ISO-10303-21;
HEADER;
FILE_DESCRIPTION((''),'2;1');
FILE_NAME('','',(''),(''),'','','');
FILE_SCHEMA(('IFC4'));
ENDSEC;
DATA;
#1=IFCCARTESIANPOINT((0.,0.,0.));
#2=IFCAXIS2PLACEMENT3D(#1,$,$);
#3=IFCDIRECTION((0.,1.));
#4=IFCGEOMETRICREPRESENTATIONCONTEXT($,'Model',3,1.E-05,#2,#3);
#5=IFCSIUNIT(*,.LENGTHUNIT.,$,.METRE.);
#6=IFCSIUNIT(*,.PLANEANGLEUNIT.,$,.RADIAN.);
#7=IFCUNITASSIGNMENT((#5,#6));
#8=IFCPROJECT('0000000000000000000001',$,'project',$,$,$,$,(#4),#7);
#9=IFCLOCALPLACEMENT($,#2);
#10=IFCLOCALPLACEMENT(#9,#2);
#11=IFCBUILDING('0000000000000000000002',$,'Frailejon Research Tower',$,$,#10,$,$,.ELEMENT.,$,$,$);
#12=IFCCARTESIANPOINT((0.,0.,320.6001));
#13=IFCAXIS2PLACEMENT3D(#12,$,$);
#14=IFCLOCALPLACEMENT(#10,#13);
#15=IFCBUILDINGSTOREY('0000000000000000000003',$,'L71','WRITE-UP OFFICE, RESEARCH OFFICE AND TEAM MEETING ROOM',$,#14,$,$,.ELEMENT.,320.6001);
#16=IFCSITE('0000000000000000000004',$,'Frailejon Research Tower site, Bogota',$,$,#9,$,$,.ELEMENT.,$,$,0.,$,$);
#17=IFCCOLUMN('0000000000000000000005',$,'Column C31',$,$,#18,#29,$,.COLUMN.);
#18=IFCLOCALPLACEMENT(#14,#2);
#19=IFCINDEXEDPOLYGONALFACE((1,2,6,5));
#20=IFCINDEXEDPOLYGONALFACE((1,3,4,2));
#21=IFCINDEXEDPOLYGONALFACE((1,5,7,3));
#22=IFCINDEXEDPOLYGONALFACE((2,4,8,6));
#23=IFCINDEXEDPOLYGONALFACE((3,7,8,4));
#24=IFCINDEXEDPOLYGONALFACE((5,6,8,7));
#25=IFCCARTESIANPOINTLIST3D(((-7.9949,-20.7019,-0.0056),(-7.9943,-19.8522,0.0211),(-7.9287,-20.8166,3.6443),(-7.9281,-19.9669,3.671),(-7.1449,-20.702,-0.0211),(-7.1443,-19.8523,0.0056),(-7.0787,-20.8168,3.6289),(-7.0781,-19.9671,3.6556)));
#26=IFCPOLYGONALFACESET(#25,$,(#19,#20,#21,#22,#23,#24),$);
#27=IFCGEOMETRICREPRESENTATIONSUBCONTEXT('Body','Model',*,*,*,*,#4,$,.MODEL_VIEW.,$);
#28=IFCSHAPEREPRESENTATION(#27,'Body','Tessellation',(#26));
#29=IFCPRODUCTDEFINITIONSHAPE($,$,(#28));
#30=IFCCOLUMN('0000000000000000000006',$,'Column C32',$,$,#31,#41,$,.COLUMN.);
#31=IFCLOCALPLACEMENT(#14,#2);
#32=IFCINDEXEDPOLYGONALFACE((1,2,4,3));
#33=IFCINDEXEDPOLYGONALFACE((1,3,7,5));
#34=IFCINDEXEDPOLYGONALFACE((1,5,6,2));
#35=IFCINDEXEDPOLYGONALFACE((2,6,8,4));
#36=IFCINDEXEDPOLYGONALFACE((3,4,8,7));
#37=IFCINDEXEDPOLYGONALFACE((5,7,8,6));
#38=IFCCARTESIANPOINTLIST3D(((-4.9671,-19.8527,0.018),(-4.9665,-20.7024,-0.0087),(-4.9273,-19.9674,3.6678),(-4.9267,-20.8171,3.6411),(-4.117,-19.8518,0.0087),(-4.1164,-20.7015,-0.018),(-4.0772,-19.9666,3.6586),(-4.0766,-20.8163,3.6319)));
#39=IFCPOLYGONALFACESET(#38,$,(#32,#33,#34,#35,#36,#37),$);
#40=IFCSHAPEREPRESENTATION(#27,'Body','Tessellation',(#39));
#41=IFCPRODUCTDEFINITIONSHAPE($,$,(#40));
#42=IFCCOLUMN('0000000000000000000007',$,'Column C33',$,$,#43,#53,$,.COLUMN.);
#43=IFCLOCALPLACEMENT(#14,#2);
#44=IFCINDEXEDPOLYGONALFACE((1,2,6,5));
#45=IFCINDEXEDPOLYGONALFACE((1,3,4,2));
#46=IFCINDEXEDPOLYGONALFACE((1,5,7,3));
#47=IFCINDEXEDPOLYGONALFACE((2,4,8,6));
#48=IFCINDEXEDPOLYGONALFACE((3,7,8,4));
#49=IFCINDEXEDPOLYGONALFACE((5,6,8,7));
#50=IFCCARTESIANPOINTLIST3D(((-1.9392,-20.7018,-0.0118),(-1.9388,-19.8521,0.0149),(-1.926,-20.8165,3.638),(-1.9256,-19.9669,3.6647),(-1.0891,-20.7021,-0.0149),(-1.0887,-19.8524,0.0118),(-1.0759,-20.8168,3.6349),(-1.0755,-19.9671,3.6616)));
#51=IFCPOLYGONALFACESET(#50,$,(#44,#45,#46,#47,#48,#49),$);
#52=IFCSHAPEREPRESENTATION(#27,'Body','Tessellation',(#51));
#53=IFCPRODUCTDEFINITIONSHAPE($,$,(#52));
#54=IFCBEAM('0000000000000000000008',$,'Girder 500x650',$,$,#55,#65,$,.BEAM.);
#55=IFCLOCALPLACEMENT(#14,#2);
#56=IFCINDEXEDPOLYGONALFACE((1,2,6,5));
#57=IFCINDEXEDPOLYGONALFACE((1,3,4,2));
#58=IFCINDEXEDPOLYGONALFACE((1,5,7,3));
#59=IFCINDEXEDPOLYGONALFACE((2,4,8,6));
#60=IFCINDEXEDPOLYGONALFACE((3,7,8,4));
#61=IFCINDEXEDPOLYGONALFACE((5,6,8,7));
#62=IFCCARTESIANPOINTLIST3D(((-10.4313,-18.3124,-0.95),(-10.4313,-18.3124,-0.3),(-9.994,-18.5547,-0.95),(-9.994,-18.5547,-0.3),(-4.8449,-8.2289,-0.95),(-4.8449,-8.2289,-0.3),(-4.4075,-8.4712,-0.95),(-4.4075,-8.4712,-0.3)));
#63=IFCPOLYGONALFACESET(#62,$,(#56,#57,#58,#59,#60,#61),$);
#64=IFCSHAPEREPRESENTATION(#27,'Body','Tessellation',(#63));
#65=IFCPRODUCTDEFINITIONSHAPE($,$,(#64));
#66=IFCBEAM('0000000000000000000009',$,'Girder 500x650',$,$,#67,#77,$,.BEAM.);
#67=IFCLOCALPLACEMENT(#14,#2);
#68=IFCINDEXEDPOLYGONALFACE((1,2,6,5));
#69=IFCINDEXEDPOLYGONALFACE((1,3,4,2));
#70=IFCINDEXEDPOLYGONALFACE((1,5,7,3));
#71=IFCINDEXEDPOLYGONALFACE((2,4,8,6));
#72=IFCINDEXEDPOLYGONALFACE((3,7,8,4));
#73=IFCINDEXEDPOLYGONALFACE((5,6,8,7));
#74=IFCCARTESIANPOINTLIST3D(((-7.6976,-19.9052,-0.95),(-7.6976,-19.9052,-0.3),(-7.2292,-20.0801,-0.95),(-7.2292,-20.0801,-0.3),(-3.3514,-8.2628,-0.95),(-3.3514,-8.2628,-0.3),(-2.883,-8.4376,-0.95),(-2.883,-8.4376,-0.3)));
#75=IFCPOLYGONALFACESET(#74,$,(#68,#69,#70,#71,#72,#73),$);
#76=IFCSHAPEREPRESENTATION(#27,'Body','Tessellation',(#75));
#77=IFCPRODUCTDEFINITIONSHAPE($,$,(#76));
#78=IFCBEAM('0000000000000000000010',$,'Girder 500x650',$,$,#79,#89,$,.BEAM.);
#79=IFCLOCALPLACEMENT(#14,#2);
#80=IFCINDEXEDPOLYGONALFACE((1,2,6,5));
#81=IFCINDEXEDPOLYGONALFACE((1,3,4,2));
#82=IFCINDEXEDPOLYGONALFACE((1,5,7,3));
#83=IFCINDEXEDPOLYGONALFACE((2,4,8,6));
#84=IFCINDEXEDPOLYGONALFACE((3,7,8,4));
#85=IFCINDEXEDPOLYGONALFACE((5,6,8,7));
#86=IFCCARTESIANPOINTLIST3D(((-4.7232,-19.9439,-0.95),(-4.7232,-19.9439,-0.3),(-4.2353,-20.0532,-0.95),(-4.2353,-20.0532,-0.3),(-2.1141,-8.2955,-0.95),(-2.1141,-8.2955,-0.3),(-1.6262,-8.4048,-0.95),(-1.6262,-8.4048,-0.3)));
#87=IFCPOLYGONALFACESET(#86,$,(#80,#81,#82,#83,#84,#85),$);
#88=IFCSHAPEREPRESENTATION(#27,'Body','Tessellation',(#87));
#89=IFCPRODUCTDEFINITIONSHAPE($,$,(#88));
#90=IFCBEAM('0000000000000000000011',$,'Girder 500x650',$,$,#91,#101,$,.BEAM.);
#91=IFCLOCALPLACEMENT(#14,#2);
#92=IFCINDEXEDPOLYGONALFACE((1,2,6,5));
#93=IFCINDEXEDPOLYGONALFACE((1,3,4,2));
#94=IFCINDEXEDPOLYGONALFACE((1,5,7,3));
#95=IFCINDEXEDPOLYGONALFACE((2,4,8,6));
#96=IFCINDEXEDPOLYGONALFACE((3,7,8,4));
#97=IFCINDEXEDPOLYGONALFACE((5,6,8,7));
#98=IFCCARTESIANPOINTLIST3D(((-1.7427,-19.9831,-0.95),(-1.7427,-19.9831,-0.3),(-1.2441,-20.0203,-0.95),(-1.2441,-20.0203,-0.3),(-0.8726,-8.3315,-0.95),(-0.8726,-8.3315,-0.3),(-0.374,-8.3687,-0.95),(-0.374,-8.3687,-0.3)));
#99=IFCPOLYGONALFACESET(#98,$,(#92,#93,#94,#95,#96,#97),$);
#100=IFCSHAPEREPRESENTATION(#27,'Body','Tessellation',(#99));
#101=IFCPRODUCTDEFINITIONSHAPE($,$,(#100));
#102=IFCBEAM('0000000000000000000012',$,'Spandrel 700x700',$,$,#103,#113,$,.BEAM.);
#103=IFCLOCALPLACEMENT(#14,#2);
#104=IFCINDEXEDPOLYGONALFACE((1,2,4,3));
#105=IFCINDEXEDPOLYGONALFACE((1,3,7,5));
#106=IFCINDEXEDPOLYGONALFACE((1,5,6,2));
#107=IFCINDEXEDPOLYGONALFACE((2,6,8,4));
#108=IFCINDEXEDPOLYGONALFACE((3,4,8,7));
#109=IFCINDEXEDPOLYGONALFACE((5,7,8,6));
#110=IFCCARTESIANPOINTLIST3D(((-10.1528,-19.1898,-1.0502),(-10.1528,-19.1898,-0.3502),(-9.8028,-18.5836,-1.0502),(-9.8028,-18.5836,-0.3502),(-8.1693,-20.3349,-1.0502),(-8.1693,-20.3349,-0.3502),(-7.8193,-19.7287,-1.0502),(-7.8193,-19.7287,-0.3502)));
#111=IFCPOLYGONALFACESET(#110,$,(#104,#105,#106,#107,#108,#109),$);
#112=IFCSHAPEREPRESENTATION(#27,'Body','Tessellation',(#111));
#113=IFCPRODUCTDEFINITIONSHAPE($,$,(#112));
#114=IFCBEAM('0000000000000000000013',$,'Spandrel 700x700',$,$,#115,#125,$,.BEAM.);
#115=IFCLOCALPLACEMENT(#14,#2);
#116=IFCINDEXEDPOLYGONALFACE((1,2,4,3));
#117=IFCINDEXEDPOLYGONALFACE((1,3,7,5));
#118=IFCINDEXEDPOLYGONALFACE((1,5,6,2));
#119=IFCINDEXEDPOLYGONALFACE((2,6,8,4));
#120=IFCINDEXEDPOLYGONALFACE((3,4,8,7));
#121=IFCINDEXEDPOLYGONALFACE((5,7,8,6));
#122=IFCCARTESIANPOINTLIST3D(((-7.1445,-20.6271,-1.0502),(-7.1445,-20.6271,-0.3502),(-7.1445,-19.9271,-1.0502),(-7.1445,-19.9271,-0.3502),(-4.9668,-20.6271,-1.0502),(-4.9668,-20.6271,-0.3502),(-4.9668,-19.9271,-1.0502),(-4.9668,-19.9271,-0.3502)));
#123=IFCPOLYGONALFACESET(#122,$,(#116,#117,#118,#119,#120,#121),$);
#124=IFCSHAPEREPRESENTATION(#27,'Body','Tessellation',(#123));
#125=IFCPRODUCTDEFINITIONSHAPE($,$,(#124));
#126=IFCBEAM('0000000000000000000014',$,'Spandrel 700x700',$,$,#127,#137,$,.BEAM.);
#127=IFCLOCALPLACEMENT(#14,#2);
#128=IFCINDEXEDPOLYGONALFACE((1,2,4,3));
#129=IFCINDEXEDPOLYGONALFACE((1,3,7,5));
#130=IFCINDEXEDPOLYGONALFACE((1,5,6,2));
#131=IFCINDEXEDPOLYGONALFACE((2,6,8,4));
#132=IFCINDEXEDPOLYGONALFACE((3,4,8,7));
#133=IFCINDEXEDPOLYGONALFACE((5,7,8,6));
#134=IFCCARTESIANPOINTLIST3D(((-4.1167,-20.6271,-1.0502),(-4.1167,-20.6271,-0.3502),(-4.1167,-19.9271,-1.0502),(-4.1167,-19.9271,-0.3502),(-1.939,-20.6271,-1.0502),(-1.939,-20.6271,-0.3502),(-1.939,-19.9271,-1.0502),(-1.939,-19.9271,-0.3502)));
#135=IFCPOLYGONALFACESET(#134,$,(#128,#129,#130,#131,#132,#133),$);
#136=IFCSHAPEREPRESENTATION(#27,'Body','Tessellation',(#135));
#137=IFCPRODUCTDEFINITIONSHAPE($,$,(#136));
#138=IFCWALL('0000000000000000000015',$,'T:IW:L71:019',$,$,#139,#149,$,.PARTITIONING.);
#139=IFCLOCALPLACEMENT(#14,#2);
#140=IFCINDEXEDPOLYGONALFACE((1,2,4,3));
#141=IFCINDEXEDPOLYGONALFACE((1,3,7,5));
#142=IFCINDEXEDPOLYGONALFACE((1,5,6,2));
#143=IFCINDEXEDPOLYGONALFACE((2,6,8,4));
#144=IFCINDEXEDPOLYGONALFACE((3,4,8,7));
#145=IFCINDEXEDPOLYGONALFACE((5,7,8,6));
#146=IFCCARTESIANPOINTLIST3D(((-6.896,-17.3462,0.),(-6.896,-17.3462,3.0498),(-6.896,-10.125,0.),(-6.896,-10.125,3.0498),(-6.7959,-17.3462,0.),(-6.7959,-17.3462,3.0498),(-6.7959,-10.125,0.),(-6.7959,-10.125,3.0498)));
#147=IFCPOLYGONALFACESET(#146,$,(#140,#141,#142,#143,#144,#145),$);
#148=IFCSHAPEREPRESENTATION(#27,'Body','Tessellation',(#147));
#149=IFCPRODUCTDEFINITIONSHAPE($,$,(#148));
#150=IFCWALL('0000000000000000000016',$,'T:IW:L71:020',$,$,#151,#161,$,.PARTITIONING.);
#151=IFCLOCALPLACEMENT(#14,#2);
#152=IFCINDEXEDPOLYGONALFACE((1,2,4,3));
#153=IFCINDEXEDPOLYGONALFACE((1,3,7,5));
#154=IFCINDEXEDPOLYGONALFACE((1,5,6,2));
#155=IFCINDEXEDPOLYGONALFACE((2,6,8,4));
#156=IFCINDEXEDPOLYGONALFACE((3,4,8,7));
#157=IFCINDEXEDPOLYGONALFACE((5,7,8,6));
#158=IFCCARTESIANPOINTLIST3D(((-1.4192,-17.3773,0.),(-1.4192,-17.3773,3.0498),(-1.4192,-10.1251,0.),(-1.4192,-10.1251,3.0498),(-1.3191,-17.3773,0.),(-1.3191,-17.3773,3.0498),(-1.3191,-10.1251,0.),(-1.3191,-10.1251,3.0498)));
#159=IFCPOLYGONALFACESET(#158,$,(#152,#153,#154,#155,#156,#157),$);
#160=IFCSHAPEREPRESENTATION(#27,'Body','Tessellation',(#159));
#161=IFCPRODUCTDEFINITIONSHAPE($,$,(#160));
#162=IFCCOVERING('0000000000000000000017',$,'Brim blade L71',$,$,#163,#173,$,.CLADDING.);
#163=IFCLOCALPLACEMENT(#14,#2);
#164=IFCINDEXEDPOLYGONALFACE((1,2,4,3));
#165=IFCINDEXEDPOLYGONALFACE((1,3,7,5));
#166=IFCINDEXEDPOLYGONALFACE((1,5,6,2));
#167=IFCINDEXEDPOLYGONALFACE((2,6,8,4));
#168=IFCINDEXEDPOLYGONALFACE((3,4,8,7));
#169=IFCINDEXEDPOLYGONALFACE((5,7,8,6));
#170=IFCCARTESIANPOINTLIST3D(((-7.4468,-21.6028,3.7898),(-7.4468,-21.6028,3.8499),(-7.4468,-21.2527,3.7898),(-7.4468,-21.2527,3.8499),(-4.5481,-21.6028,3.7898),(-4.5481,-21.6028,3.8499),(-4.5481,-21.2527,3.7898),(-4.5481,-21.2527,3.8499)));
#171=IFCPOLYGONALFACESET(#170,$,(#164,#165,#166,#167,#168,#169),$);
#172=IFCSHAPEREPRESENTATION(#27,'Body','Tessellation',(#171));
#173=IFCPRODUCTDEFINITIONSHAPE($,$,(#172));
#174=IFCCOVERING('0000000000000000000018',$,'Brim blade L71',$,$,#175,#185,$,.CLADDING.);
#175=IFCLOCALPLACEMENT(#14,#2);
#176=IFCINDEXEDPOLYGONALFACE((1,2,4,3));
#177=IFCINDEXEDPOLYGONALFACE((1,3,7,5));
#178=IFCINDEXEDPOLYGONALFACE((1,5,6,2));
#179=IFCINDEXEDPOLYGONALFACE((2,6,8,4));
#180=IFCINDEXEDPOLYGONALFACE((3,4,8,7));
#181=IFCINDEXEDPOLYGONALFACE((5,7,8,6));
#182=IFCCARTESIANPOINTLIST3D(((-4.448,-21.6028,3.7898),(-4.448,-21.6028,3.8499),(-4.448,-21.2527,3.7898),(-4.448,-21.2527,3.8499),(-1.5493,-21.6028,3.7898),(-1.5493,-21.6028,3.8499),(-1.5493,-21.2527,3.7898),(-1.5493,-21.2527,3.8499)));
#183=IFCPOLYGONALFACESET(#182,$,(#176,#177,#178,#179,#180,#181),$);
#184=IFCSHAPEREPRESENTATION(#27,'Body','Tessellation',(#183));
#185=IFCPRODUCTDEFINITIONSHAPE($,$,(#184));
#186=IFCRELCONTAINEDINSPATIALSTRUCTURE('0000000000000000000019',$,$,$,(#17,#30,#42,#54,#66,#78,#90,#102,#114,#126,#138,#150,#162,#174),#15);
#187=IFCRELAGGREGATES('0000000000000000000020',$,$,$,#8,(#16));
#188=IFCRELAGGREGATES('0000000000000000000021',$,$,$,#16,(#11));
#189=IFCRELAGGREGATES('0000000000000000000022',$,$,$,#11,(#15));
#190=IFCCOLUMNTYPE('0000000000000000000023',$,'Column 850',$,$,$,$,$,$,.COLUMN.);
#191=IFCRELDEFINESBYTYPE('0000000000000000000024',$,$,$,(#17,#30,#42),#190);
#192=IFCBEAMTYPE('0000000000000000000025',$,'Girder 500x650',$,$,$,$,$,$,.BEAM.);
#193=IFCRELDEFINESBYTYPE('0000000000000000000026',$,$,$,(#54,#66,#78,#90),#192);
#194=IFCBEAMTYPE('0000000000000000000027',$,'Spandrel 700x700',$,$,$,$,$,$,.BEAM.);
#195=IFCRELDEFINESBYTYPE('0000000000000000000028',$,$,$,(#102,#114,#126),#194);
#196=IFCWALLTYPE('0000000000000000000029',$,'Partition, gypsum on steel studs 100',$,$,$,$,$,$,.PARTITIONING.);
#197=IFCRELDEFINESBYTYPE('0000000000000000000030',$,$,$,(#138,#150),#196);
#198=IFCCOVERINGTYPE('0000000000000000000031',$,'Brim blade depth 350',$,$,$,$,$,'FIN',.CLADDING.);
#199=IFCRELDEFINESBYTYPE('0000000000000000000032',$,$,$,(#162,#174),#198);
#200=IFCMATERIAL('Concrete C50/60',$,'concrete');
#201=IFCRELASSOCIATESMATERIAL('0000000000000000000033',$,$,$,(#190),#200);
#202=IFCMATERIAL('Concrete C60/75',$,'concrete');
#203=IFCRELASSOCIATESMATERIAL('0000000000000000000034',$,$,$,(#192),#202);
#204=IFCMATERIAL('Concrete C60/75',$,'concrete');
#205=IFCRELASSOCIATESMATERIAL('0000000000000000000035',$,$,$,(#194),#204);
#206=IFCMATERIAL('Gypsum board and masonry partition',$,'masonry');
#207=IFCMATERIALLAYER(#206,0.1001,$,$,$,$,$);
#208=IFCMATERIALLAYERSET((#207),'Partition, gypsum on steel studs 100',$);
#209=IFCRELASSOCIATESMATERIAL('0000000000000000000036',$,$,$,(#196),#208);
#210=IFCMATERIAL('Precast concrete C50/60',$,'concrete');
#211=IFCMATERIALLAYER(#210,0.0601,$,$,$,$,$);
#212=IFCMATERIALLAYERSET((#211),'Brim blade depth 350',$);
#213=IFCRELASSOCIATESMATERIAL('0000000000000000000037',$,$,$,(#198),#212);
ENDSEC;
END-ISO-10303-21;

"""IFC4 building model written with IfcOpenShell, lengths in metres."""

from ifc_helpers import new_model, si_unit, direction, frame, frame_2d, origin, origin_2d, place, context, subcontext, project, spatial, polyline, rectangle, outline, extrude, material, layer, layer_set, material_profile, profile_set, type_object, element, save


model = new_model("IFC4")

# Units and contexts
model_context = context("Model", 3, precision=1e-05, world=origin(), true_north=direction((0.0, 1.0)))
body_context = subcontext(model_context, "Body", "Model", "MODEL_VIEW")
ifc_project = project(units=[si_unit("LENGTHUNIT", "METRE"), si_unit("PLANEANGLEUNIT", "RADIAN")], contexts=[model_context])

# Site, building, storey
site_placement = place(None, origin())
site = spatial("IfcSite", under=ifc_project, at=site_placement, Name="Frailejon Research Tower site, Bogota", CompositionType="ELEMENT", RefElevation=0.0)
building_placement = place(site_placement, origin())
building = spatial("IfcBuilding", under=site, at=building_placement, Name="Frailejon Research Tower", CompositionType="ELEMENT")
storey_placement = place(building_placement, frame((0.0, 0.0, 320.6001)))
storey = spatial("IfcBuildingStorey", under=building, at=storey_placement, Name="L71", Description="WRITE-UP OFFICE, RESEARCH OFFICE AND TEAM MEETING ROOM", CompositionType="ELEMENT", Elevation=320.6001)

# Columns
ifc_material_1 = material(Name="Concrete C50/60", Category="concrete")
ifc_material_profile_1 = material_profile(ifc_material_1, rectangle(XDim=0.8501, YDim=0.8501, at=origin_2d()), Name="Column 850")
ifc_profile_set_1 = profile_set([ifc_material_profile_1], Name="Concrete C50/60")
column_type = type_object("IfcColumnType", Name="Column 850", PredefinedType="COLUMN", material=ifc_profile_set_1)
column_1_placement = place(storey_placement, frame((-7.5696, -20.2771, 0.0), z_axis=(0.018115, -0.031417, 0.999342), x_axis=(0.999836, -0.000157, -0.018129)))
element("IfcColumn", 1, at=column_1_placement, inside=storey, type_object=column_type, Name="Column C31", PredefinedType="COLUMN", context=body_context, shape_type="SweptSolid", body=[
    extrude(rectangle(XDim=0.8501, YDim=0.8501, at=origin_2d()), origin(), (0.0, 0.0, 1.0), 3.6523),
])
column_2_placement = place(storey_placement, frame((-4.5417, -20.2771, 0.0), z_axis=(0.010897, -0.031421, 0.999447), x_axis=(0.99994, 0.001008, -0.010871)))
element("IfcColumn", 2, at=column_2_placement, inside=storey, type_object=column_type, Name="Column C32", PredefinedType="COLUMN", context=body_context, shape_type="SweptSolid", body=[
    extrude(rectangle(XDim=0.8501, YDim=0.8501, at=origin_2d()), origin(), (0.0, 0.0, 1.0), 3.6519),
])
column_3_placement = place(storey_placement, frame((-1.5139, -20.2771, 0.0), z_axis=(0.00361, -0.031422, 0.9995), x_axis=(0.999993, -0.000341, -0.003623)))
element("IfcColumn", 3, at=column_3_placement, inside=storey, type_object=column_type, Name="Column C33", PredefinedType="COLUMN", context=body_context, shape_type="SweptSolid", body=[
    extrude(rectangle(XDim=0.8501, YDim=0.8501, at=origin_2d()), origin(), (0.0, 0.0, 1.0), 3.6516),
])

# Beams
ifc_material_2 = material(Name="Concrete C60/75", Category="concrete")
ifc_material_profile_2 = material_profile(ifc_material_2, rectangle(XDim=0.5, YDim=0.6499, at=origin_2d()), Name="Girder 500x650")
ifc_profile_set_2 = profile_set([ifc_material_profile_2], Name="Concrete C60/75")
beam_type_1 = type_object("IfcBeamType", Name="Girder 500x650", PredefinedType="BEAM", material=ifc_profile_set_2)
beam_1_placement = place(storey_placement, frame((-10.2126, -18.4336, -0.625), z_axis=(0.484614, 0.874728, 0.0), x_axis=(-0.874728, 0.484614, 0.0)))
element("IfcBeam", 4, at=beam_1_placement, inside=storey, type_object=beam_type_1, Name="Girder 500x650", PredefinedType="BEAM", context=body_context, shape_type="SweptSolid", body=[
    extrude(rectangle(XDim=0.5, YDim=0.6499, at=origin_2d()), origin(), (0.0, 0.0, 1.0), 11.5276),
])
beam_2_placement = place(storey_placement, frame((-7.4634, -19.9927, -0.625), z_axis=(0.349728, 0.936851, 0.0), x_axis=(-0.936851, 0.349728, 0.0)))
element("IfcBeam", 5, at=beam_2_placement, inside=storey, type_object=beam_type_1, Name="Girder 500x650", PredefinedType="BEAM", context=body_context, shape_type="SweptSolid", body=[
    extrude(rectangle(XDim=0.5, YDim=0.6499, at=origin_2d()), origin(), (0.0, 0.0, 1.0), 12.4272),
])
beam_3_placement = place(storey_placement, frame((-4.4792, -19.9985, -0.625), z_axis=(0.218574, 0.97582, 0.0), x_axis=(-0.97582, 0.218574, 0.0)))
element("IfcBeam", 6, at=beam_3_placement, inside=storey, type_object=beam_type_1, Name="Girder 500x650", PredefinedType="BEAM", context=body_context, shape_type="SweptSolid", body=[
    extrude(rectangle(XDim=0.5, YDim=0.6499, at=origin_2d()), origin(), (0.0, 0.0, 1.0), 11.937),
])
beam_4_placement = place(storey_placement, frame((-1.4934, -20.0017, -0.625), z_axis=(0.07447, 0.997223, 0.0), x_axis=(-0.997223, 0.07447, 0.0)))
element("IfcBeam", 7, at=beam_4_placement, inside=storey, type_object=beam_type_1, Name="Girder 500x650", PredefinedType="BEAM", context=body_context, shape_type="SweptSolid", body=[
    extrude(rectangle(XDim=0.5, YDim=0.6499, at=origin_2d()), origin(), (0.0, 0.0, 1.0), 11.6841),
])
ifc_material_3 = material(Name="Concrete C60/75", Category="concrete")
ifc_material_profile_3 = material_profile(ifc_material_3, rectangle(XDim=0.7, YDim=0.7, at=origin_2d()), Name="Spandrel 700x700")
ifc_profile_set_3 = profile_set([ifc_material_profile_3], Name="Concrete C60/75")
beam_type_2 = type_object("IfcBeamType", Name="Spandrel 700x700", PredefinedType="BEAM", material=ifc_profile_set_3)
beam_5_placement = place(storey_placement, frame((-9.9778, -18.8867, -0.7002), z_axis=(0.866044, -0.499969, 0.0), x_axis=(0.499969, 0.866044, 0.0)))
element("IfcBeam", 8, at=beam_5_placement, inside=storey, type_object=beam_type_2, Name="Spandrel 700x700", PredefinedType="BEAM", context=body_context, shape_type="SweptSolid", body=[
    extrude(rectangle(XDim=0.7, YDim=0.7, at=origin_2d()), origin(), (0.0, 0.0, 1.0), 2.2903),
])
for number, where, z_axis, x_axis, name in (
    (9, (-7.1445, -20.2771, -0.7002), (1.0, 0.0, 0.0), (0.0, 1.0, 0.0), "Spandrel 700x700"),
    (10, (-4.1167, -20.2771, -0.7002), (1.0, 0.0, 0.0), (0.0, 1.0, 0.0), "Spandrel 700x700"),
):
    element("IfcBeam", number, at=place(storey_placement, frame(where, z_axis=z_axis, x_axis=x_axis)), inside=storey, type_object=beam_type_2, Name=name, PredefinedType="BEAM", context=body_context, shape_type="SweptSolid", body=[
        extrude(rectangle(XDim=0.7, YDim=0.7, at=origin_2d()), origin(), (0.0, 0.0, 1.0), 2.1777),
    ])

# Walls
ifc_material_4 = material(Name="Gypsum board and masonry partition", Category="masonry")
ifc_layer_1 = layer(ifc_material_4, 0.1001)
ifc_layer_set_1 = layer_set([ifc_layer_1], Name="Partition, gypsum on steel studs 100")
wall_type_1 = type_object("IfcWallType", Name="Partition, gypsum on steel studs 100", PredefinedType="PARTITIONING", material=ifc_layer_set_1)
wall_1_placement = place(storey_placement, frame((-6.8459, -17.3462, 0.0), z_axis=(0.0, 0.0, 1.0), x_axis=(0.0, 1.0, 0.0)))
element("IfcWall", 11, at=wall_1_placement, inside=storey, type_object=wall_type_1, Name="T:IW:L71:019", PredefinedType="PARTITIONING", context=body_context, shape_type="SweptSolid", body=[
    extrude(rectangle(XDim=7.2212, YDim=0.1001, at=frame_2d((3.6106, 0.0))), origin(), (0.0, 0.0, 1.0), 3.0498),
])
wall_2_placement = place(storey_placement, frame((-1.3691, -17.3772, 0.0), z_axis=(0.0, 0.0, 1.0), x_axis=(0.0, 1.0, 0.0)))
element("IfcWall", 12, at=wall_2_placement, inside=storey, type_object=wall_type_1, Name="T:IW:L71:020", PredefinedType="PARTITIONING", context=body_context, shape_type="SweptSolid", body=[
    extrude(rectangle(XDim=7.2522, YDim=0.1001, at=frame_2d((3.626, 0.0))), origin(), (0.0, 0.0, 1.0), 3.0498),
])

# Coverings
ifc_material_5 = material(Name="Precast concrete C50/60", Category="concrete")
ifc_layer_2 = layer(ifc_material_5, 0.0601)
ifc_layer_set_2 = layer_set([ifc_layer_2], Name="Brim blade depth 350")
covering_type_1 = type_object("IfcCoveringType", Name="Brim blade depth 350", ElementType="FIN", PredefinedType="CLADDING", material=ifc_layer_set_2)
for number, where, z_axis, x_axis, name in (
    (13, (-4.5481, -21.2527, 3.8499), (-1.0, 0.0, 0.0), (0.0, -1.0, 0.0), "Brim blade L71"),
    (14, (-1.5493, -21.2527, 3.8499), (-1.0, 0.0, 0.0), (0.0, -1.0, 0.0), "Brim blade L71"),
):
    element("IfcCovering", number, at=place(storey_placement, frame(where, z_axis=z_axis, x_axis=x_axis)), inside=storey, type_object=covering_type_1, Name=name, PredefinedType="CLADDING", context=body_context, shape_type="SweptSolid", body=[
        extrude(outline(polyline([(0.0, -0.0601), (0.3501, -0.0601), (0.3501, 0.0), (0.0, 0.0), (0.0, -0.0601)])), origin(), (0.0, 0.0, 1.0), 2.8987),
    ])

save(model, "model.ifc")
